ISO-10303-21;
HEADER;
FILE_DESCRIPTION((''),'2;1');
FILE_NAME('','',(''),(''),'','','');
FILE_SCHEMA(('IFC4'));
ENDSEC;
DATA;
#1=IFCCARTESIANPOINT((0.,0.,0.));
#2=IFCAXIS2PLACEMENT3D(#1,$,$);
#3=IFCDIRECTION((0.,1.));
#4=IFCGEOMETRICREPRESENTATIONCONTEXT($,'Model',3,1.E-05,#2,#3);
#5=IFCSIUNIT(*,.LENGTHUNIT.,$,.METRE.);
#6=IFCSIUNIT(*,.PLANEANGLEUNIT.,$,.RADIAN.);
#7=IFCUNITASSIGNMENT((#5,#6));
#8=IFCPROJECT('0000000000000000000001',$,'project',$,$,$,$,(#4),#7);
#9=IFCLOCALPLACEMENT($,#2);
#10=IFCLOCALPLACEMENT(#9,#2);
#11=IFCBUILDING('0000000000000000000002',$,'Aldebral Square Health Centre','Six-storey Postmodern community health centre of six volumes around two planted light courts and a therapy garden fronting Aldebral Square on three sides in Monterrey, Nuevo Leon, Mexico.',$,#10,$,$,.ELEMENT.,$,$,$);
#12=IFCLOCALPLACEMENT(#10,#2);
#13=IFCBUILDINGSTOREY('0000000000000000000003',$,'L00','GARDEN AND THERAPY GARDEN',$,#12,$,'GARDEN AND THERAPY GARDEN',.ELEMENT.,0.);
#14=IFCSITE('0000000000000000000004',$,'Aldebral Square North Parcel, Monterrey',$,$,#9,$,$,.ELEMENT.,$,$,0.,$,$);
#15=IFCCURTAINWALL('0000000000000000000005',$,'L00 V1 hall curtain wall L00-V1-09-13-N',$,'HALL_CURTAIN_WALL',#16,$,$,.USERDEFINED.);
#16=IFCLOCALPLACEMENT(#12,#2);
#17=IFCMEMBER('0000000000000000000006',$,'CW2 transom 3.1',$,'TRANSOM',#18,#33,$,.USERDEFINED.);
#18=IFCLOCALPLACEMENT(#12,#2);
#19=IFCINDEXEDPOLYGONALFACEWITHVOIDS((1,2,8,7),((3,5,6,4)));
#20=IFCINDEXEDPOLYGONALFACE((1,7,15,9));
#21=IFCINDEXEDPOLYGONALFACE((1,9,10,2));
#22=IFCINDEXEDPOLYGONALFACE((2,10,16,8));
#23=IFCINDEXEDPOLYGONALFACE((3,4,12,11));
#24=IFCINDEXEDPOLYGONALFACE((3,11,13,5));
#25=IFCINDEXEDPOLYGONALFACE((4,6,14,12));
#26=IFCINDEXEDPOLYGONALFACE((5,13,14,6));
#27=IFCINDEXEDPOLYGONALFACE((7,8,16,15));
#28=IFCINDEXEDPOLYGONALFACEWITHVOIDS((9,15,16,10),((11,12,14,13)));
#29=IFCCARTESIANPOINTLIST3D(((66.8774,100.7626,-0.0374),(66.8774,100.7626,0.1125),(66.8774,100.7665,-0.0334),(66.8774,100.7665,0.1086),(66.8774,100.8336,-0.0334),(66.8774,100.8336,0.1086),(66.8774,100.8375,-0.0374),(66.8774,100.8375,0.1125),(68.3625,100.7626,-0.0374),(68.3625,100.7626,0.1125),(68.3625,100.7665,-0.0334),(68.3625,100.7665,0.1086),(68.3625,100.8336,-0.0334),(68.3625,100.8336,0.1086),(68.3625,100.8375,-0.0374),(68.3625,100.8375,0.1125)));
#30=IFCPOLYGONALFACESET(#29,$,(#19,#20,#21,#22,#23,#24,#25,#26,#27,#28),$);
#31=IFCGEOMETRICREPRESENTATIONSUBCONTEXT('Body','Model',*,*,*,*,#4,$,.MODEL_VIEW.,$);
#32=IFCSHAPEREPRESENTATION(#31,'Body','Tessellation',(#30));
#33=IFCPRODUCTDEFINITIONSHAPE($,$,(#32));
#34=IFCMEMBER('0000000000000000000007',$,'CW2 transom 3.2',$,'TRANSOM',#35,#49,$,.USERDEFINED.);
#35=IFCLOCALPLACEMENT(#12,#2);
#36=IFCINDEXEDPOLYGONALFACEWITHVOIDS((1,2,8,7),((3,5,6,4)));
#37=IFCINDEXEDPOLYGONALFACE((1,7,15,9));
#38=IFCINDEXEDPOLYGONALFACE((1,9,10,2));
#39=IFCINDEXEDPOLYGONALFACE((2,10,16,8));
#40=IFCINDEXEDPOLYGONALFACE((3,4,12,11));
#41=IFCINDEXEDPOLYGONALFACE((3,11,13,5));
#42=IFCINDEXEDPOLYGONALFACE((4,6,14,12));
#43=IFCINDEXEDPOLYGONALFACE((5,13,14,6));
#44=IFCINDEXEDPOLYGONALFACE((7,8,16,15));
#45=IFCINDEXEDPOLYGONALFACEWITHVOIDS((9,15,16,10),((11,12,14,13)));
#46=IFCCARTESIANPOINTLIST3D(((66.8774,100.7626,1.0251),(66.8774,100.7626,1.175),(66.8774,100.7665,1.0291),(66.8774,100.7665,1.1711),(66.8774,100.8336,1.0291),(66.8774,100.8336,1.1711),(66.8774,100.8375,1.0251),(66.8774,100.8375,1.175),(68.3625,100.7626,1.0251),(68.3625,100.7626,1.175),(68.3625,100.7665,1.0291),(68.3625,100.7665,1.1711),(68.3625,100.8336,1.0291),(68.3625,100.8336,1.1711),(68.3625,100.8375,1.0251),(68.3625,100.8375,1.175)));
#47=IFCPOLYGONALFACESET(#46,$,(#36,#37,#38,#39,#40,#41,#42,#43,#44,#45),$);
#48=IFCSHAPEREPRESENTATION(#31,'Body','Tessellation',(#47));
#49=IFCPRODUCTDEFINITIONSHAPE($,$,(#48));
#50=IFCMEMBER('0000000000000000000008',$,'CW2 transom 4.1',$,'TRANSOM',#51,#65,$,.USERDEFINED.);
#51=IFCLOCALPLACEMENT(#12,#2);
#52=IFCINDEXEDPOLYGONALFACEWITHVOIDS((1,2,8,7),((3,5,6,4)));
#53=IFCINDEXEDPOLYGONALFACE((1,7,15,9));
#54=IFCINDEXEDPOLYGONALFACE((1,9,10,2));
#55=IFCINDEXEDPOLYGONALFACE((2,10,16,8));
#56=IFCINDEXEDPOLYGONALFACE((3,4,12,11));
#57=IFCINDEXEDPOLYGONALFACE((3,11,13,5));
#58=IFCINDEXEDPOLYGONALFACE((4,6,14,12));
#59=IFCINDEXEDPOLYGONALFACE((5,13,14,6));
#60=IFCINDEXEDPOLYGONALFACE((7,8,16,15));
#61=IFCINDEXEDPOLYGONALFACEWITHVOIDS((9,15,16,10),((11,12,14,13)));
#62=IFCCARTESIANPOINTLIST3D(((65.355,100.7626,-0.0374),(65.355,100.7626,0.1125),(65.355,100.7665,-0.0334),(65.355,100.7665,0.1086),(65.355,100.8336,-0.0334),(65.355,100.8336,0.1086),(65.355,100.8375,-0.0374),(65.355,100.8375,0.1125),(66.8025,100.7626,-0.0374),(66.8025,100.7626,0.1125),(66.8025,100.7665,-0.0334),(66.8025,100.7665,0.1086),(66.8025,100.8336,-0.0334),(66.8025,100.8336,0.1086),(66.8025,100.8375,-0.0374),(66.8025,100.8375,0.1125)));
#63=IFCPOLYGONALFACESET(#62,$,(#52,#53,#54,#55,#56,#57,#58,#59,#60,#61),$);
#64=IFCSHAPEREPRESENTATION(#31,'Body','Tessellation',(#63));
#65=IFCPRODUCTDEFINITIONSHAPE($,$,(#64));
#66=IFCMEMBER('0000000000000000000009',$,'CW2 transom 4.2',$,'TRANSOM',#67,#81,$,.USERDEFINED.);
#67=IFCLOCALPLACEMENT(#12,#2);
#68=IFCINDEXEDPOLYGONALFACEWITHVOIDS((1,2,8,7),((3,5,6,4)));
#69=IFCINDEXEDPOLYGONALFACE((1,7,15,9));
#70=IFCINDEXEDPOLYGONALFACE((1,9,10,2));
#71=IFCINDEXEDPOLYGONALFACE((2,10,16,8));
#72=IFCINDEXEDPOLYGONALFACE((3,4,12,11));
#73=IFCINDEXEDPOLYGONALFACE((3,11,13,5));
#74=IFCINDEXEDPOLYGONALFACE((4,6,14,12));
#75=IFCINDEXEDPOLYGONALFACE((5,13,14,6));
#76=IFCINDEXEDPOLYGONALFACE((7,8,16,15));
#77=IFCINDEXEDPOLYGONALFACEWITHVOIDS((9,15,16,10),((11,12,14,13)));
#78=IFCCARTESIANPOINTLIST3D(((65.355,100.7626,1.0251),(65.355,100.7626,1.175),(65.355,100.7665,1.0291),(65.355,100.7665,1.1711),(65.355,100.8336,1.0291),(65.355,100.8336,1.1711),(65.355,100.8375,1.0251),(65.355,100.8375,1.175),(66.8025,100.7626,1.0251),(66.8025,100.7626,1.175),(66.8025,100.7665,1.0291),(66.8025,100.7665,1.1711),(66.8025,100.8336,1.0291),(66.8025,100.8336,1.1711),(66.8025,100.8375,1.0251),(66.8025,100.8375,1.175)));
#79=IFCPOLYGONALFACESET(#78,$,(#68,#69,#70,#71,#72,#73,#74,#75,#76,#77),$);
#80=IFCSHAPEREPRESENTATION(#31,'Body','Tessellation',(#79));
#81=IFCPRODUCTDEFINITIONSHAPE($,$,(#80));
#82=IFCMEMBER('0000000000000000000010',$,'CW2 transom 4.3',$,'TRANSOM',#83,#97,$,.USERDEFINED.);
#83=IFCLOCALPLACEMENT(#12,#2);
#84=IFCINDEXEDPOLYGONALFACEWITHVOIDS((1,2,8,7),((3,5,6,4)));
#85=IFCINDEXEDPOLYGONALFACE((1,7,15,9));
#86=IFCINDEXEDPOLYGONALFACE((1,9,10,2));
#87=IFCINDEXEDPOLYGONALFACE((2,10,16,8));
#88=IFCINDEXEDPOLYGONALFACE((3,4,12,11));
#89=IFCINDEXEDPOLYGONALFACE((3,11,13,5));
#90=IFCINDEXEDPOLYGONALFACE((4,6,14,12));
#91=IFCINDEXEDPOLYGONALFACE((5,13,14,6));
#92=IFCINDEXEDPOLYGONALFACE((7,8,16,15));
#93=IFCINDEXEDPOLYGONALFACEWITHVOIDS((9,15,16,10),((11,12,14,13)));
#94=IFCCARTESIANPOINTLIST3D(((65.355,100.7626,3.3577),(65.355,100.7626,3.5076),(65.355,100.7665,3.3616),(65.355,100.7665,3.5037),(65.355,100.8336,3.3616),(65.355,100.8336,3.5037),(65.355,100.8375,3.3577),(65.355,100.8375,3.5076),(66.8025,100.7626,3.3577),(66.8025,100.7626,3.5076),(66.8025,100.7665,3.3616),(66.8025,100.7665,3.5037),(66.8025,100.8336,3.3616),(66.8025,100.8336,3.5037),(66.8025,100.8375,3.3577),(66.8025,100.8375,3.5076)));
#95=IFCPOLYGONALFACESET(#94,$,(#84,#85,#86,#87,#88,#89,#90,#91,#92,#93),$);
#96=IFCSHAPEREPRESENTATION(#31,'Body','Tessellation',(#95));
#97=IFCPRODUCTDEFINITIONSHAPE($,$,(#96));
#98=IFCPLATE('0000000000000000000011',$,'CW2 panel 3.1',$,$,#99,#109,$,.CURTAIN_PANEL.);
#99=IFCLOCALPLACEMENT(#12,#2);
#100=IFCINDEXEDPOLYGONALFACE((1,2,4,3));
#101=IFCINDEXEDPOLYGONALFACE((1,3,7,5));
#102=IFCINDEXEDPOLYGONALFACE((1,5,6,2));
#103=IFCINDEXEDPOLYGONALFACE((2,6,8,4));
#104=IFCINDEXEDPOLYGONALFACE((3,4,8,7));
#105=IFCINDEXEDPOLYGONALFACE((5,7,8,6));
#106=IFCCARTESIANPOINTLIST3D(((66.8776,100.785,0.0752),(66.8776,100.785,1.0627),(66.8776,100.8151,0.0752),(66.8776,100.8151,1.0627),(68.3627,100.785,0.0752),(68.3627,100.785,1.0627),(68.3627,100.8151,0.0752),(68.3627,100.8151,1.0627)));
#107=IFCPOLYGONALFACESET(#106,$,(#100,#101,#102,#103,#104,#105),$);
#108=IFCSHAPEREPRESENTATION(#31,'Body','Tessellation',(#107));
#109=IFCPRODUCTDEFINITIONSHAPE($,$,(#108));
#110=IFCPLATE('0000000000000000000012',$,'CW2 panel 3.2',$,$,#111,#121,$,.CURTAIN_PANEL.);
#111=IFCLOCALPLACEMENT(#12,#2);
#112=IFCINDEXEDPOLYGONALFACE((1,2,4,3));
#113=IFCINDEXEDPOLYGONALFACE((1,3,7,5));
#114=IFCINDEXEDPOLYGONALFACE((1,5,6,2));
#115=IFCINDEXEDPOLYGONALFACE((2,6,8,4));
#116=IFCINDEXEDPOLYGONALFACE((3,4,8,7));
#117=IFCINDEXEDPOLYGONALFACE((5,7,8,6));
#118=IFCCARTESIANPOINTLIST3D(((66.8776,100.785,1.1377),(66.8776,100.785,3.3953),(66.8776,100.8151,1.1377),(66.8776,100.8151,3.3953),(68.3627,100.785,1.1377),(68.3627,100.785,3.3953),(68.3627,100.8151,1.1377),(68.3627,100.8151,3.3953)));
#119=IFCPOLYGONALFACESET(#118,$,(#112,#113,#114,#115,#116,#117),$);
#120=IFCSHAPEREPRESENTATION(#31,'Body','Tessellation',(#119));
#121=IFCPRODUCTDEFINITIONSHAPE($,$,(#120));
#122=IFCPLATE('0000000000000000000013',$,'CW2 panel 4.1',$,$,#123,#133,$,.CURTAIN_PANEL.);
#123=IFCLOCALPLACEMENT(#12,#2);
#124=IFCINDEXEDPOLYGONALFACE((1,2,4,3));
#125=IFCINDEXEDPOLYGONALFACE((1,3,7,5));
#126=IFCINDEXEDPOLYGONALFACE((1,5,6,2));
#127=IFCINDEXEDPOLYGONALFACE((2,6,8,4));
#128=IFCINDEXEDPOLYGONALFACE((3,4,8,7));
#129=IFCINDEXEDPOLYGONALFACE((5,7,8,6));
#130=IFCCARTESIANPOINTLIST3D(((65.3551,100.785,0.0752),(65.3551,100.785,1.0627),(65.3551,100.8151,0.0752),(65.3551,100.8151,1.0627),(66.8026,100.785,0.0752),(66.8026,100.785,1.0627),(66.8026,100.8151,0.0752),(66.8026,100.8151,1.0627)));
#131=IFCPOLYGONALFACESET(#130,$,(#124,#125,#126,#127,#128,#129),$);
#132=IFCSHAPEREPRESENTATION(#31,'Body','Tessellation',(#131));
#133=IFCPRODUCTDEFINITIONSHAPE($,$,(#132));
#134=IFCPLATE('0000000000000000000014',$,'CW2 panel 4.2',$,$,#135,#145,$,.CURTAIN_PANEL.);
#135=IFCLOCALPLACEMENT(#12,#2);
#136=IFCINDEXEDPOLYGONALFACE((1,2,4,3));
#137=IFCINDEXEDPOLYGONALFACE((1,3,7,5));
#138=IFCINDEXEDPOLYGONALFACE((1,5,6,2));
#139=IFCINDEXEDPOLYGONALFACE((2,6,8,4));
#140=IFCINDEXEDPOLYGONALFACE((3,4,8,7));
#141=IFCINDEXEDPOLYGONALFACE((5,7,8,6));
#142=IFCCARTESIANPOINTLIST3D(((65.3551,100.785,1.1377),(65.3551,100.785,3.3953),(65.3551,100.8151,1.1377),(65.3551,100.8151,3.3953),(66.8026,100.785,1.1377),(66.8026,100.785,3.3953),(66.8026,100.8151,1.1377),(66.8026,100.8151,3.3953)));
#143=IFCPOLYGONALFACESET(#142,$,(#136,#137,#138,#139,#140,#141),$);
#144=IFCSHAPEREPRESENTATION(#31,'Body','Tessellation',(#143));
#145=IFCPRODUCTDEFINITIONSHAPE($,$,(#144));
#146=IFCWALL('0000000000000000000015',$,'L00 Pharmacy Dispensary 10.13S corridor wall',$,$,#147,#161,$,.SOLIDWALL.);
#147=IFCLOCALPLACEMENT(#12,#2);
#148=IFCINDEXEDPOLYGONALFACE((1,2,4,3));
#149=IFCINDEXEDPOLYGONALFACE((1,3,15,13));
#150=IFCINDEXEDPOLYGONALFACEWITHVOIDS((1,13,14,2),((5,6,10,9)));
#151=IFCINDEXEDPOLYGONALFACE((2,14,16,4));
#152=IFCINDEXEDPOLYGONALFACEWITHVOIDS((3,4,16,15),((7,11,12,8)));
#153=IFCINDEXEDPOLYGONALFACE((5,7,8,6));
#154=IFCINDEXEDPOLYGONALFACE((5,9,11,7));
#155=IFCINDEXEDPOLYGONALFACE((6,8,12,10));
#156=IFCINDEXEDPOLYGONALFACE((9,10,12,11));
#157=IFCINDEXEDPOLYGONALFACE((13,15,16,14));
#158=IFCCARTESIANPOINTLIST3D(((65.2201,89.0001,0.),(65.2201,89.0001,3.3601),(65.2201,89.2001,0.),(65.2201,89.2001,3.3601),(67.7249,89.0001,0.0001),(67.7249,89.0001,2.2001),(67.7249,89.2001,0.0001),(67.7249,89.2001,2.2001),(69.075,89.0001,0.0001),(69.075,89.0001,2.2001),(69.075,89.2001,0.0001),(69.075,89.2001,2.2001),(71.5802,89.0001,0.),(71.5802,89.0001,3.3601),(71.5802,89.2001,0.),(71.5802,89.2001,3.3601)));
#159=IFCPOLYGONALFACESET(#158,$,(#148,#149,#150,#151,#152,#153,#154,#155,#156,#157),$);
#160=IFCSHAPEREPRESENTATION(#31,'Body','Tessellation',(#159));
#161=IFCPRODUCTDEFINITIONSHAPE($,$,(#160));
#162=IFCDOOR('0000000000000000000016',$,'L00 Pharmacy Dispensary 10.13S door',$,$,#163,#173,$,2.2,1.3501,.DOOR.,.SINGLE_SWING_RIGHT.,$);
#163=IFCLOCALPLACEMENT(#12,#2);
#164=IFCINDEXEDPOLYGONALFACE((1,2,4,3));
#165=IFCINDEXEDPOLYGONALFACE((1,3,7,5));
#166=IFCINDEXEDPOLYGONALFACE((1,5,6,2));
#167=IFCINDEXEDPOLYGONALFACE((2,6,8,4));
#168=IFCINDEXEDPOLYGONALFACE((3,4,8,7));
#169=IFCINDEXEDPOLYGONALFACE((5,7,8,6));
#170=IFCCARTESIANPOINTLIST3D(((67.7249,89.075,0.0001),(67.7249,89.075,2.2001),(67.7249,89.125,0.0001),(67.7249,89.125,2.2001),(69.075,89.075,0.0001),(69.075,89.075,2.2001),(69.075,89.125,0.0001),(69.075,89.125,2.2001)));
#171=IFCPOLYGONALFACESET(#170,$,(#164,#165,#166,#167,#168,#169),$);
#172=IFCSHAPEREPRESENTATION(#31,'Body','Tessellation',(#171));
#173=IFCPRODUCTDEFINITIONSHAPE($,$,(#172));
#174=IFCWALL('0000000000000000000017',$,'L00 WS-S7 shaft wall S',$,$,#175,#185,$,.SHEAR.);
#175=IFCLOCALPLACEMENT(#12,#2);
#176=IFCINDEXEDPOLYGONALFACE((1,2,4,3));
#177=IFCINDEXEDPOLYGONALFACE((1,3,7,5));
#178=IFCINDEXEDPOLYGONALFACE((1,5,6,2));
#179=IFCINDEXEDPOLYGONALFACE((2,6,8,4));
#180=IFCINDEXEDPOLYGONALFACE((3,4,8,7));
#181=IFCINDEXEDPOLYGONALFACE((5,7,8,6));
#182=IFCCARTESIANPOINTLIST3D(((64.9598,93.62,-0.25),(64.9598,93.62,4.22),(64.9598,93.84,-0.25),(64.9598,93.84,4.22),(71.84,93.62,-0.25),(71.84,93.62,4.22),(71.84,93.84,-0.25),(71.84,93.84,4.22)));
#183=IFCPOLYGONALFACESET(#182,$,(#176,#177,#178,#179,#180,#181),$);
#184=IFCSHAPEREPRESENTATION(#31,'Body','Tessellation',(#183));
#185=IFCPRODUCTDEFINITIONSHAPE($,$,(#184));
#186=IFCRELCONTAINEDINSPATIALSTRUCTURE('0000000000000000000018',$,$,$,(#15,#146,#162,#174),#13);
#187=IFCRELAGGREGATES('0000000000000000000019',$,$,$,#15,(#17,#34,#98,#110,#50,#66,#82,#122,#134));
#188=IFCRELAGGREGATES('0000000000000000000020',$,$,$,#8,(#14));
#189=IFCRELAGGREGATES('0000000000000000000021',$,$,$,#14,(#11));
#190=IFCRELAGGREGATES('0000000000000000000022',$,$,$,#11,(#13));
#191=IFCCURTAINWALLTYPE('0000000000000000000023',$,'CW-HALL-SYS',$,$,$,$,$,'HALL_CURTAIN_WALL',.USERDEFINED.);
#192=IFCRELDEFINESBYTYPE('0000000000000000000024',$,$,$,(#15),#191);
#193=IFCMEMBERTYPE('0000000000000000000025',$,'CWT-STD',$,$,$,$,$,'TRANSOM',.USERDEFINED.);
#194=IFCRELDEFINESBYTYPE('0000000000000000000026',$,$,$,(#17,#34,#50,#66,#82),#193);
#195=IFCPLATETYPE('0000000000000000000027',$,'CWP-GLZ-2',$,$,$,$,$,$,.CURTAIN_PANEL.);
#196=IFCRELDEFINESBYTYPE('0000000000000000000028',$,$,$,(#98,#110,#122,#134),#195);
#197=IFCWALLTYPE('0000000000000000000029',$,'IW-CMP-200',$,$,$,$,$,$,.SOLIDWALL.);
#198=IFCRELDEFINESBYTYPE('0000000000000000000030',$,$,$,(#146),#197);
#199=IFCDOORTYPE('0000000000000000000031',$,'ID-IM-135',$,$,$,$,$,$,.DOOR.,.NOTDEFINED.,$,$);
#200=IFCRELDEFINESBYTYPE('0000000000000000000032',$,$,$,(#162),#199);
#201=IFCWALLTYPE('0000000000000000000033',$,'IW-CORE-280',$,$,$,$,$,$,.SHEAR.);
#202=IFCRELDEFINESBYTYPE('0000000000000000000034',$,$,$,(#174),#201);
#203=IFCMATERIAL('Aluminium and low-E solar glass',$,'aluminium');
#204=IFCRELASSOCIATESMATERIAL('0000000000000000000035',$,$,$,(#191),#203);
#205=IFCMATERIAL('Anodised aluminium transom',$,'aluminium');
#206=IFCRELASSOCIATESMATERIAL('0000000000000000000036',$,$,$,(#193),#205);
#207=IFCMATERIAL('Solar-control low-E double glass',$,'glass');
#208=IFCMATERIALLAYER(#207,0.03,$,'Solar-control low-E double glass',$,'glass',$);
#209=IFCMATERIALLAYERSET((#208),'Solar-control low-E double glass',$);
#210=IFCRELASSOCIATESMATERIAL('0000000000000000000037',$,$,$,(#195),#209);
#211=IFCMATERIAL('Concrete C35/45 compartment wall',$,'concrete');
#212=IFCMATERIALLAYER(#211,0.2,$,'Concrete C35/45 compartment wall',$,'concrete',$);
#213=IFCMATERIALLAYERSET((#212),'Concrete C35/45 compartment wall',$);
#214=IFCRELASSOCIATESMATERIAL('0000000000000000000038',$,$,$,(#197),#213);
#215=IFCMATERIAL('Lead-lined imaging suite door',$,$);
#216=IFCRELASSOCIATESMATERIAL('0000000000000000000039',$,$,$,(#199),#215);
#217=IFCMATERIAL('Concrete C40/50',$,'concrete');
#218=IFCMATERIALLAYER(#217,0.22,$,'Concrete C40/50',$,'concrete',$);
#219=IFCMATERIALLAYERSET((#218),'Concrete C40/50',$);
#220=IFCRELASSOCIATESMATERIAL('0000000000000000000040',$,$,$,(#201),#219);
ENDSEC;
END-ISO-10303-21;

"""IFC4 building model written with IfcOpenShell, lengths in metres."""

from ifc_helpers import new_model, si_unit, direction, frame, frame_2d, origin, origin_2d, place, context, subcontext, project, spatial, rectangle, hollow_rectangle, extrude, material, layer, layer_set, material_profile, profile_set, type_object, element, fill, aggregate, save


model = new_model("IFC4")

# Units and contexts
model_context = context("Model", 3, precision=1e-05, world=origin(), true_north=direction((0.0, 1.0)))
body_context = subcontext(model_context, "Body", "Model", "MODEL_VIEW")
ifc_project = project(units=[si_unit("LENGTHUNIT", "METRE"), si_unit("PLANEANGLEUNIT", "RADIAN")], contexts=[model_context])

# Site, building, storey
site_placement = place(None, origin())
site = spatial("IfcSite", under=ifc_project, at=site_placement, Name="Aldebral Square North Parcel, Monterrey", CompositionType="ELEMENT", RefElevation=0.0)
building_placement = place(site_placement, origin())
building = spatial("IfcBuilding", under=site, at=building_placement, Name="Aldebral Square Health Centre", Description="Six-storey Postmodern community health centre of six volumes around two planted light courts and a therapy garden fronting Aldebral Square on three sides in Monterrey, Nuevo Leon, Mexico.", CompositionType="ELEMENT")
storey_placement = place(building_placement, origin())
storey = spatial("IfcBuildingStorey", under=building, at=storey_placement, Name="L00", Description="GARDEN AND THERAPY GARDEN", LongName="GARDEN AND THERAPY GARDEN", CompositionType="ELEMENT", Elevation=0.0)

# Shared definitions
ifc_material_1 = material(Name="Concrete C40/50", Category="concrete")

# Curtain wall, members, plates
ifc_material_2 = material(Name="Aluminium and low-E solar glass", Category="aluminium")
curtain_wall_type = type_object("IfcCurtainWallType", Name="CW-HALL-SYS", ElementType="HALL_CURTAIN_WALL", PredefinedType="USERDEFINED", material=ifc_material_2)
curtain_wall_placement = place(storey_placement, origin())
curtain_wall = element("IfcCurtainWall", 1, at=curtain_wall_placement, inside=storey, type_object=curtain_wall_type, Name="L00 V1 hall curtain wall L00-V1-09-13-N", ObjectType="HALL_CURTAIN_WALL", PredefinedType="USERDEFINED")
ifc_material_3 = material(Name="Anodised aluminium transom", Category="aluminium")
ifc_material_profile_1 = material_profile(ifc_material_3, hollow_rectangle(XDim=0.075, YDim=0.1499, WallThickness=0.0039, at=origin_2d()), Name="CWT 75x150x4")
ifc_profile_set_1 = profile_set([ifc_material_profile_1], Name="Anodised aluminium transom")
member_type_1 = type_object("IfcMemberType", Name="CWT-STD", ElementType="TRANSOM", PredefinedType="USERDEFINED", material=ifc_profile_set_1)
member_1_placement = place(storey_placement, frame((68.3625, 100.8, 0.0376), z_axis=(-1.0, 0.0, 0.0), x_axis=(0.0, -1.0, 0.0)))
member_1 = element("IfcMember", 2, at=member_1_placement, type_object=member_type_1, Name="CW2 transom 3.1", ObjectType="TRANSOM", PredefinedType="USERDEFINED", context=body_context, shape_type="SweptSolid", body=[
    extrude(hollow_rectangle(XDim=0.075, YDim=0.1499, WallThickness=0.0039, at=origin_2d()), origin(), (0.0, 0.0, 1.0), 1.4851),
])
member_2_placement = place(storey_placement, frame((68.3625, 100.8, 1.1001), z_axis=(-1.0, 0.0, 0.0), x_axis=(0.0, -1.0, 0.0)))
member_2 = element("IfcMember", 3, at=member_2_placement, type_object=member_type_1, Name="CW2 transom 3.2", ObjectType="TRANSOM", PredefinedType="USERDEFINED", context=body_context, shape_type="SweptSolid", body=[
    extrude(hollow_rectangle(XDim=0.075, YDim=0.1499, WallThickness=0.0039, at=origin_2d()), origin(), (0.0, 0.0, 1.0), 1.4851),
])
member_3_placement = place(storey_placement, frame((66.8025, 100.8, 0.0376), z_axis=(-1.0, 0.0, 0.0), x_axis=(0.0, -1.0, 0.0)))
member_3 = element("IfcMember", 4, at=member_3_placement, type_object=member_type_1, Name="CW2 transom 4.1", ObjectType="TRANSOM", PredefinedType="USERDEFINED", context=body_context, shape_type="SweptSolid", body=[
    extrude(hollow_rectangle(XDim=0.075, YDim=0.1499, WallThickness=0.0039, at=origin_2d()), origin(), (0.0, 0.0, 1.0), 1.4475),
])
member_4_placement = place(storey_placement, frame((66.8025, 100.8, 1.1001), z_axis=(-1.0, 0.0, 0.0), x_axis=(0.0, -1.0, 0.0)))
member_4 = element("IfcMember", 5, at=member_4_placement, type_object=member_type_1, Name="CW2 transom 4.2", ObjectType="TRANSOM", PredefinedType="USERDEFINED", context=body_context, shape_type="SweptSolid", body=[
    extrude(hollow_rectangle(XDim=0.075, YDim=0.1499, WallThickness=0.0039, at=origin_2d()), origin(), (0.0, 0.0, 1.0), 1.4475),
])
member_5_placement = place(storey_placement, frame((66.8025, 100.8, 3.4326), z_axis=(-1.0, 0.0, 0.0), x_axis=(0.0, -1.0, 0.0)))
member_5 = element("IfcMember", 6, at=member_5_placement, type_object=member_type_1, Name="CW2 transom 4.3", ObjectType="TRANSOM", PredefinedType="USERDEFINED", context=body_context, shape_type="SweptSolid", body=[
    extrude(hollow_rectangle(XDim=0.075, YDim=0.1499, WallThickness=0.0039, at=origin_2d()), origin(), (0.0, 0.0, 1.0), 1.4475),
])
ifc_material_4 = material(Name="Solar-control low-E double glass", Category="glass")
ifc_layer_1 = layer(ifc_material_4, 0.03, Name="Solar-control low-E double glass", Category="glass")
ifc_layer_set_1 = layer_set([ifc_layer_1], Name="Solar-control low-E double glass")
plate_type = type_object("IfcPlateType", Name="CWP-GLZ-2", PredefinedType="CURTAIN_PANEL", material=ifc_layer_set_1)
plate_1_placement = place(storey_placement, frame((67.6201, 100.8, 0.0752), z_axis=(0.0, 0.0, 1.0), x_axis=(-1.0, 0.0, 0.0)))
plate_1 = element("IfcPlate", 7, at=plate_1_placement, type_object=plate_type, Name="CW2 panel 3.1", PredefinedType="CURTAIN_PANEL", context=body_context, shape_type="SweptSolid", body=[
    extrude(rectangle(XDim=1.4851, YDim=0.03, at=origin_2d()), origin(), (0.0, 0.0, 1.0), 0.9875),
])
plate_2_placement = place(storey_placement, frame((67.6201, 100.8, 1.1377), z_axis=(0.0, 0.0, 1.0), x_axis=(-1.0, 0.0, 0.0)))
plate_2 = element("IfcPlate", 8, at=plate_2_placement, type_object=plate_type, Name="CW2 panel 3.2", PredefinedType="CURTAIN_PANEL", context=body_context, shape_type="SweptSolid", body=[
    extrude(rectangle(XDim=1.4851, YDim=0.03, at=origin_2d()), origin(), (0.0, 0.0, 1.0), 2.2576),
])
plate_3_placement = place(storey_placement, frame((66.0789, 100.8, 0.0752), z_axis=(0.0, 0.0, 1.0), x_axis=(-1.0, 0.0, 0.0)))
plate_3 = element("IfcPlate", 9, at=plate_3_placement, type_object=plate_type, Name="CW2 panel 4.1", PredefinedType="CURTAIN_PANEL", context=body_context, shape_type="SweptSolid", body=[
    extrude(rectangle(XDim=1.4475, YDim=0.03, at=origin_2d()), origin(), (0.0, 0.0, 1.0), 0.9875),
])
plate_4_placement = place(storey_placement, frame((66.0789, 100.8, 1.1377), z_axis=(0.0, 0.0, 1.0), x_axis=(-1.0, 0.0, 0.0)))
plate_4 = element("IfcPlate", 10, at=plate_4_placement, type_object=plate_type, Name="CW2 panel 4.2", PredefinedType="CURTAIN_PANEL", context=body_context, shape_type="SweptSolid", body=[
    extrude(rectangle(XDim=1.4475, YDim=0.03, at=origin_2d()), origin(), (0.0, 0.0, 1.0), 2.2576),
])
aggregate(curtain_wall, [member_1, member_2, plate_1, plate_2, member_3, member_4, member_5, plate_3, plate_4])

# Wall, opening, door
ifc_material_5 = material(Name="Concrete C35/45 compartment wall", Category="concrete")
ifc_layer_2 = layer(ifc_material_5, 0.2, Name="Concrete C35/45 compartment wall", Category="concrete")
ifc_layer_set_2 = layer_set([ifc_layer_2], Name="Concrete C35/45 compartment wall")
wall_type_1 = type_object("IfcWallType", Name="IW-CMP-200", PredefinedType="SOLIDWALL", material=ifc_layer_set_2)
wall_1_placement = place(storey_placement, frame((65.22, 89.1001, 0.0), z_axis=(0.0, 0.0, 1.0), x_axis=(1.0, 0.0, 0.0)))
wall_1 = element("IfcWall", 11, at=wall_1_placement, inside=storey, type_object=wall_type_1, Name="L00 Pharmacy Dispensary 10.13S corridor wall", PredefinedType="SOLIDWALL", context=body_context, shape_type="SweptSolid", body=[
    extrude(rectangle(XDim=6.3601, YDim=0.2, at=frame_2d((3.1802, 0.0))), origin(), (0.0, 0.0, 1.0), 3.3601),
])
opening_1_placement = place(wall_1_placement, frame((2.5049, 0.0, 0.0)))
opening_1 = element("IfcOpeningElement", 12, at=opening_1_placement, cuts=wall_1, PredefinedType="OPENING", context=body_context, shape_type="SweptSolid", body=[
    extrude(rectangle(XDim=1.3501, YDim=2.2, at=frame_2d((0.675, 1.1001))), frame((0.0, 0.1099, 0.0), z_axis=(0.0, -1.0, 0.0), x_axis=(1.0, 0.0, 0.0)), (0.0, 0.0, 1.0), 0.22),
])
ifc_material_6 = material(Name="Lead-lined imaging suite door")
door_type_1 = type_object("IfcDoorType", Name="ID-IM-135", OperationType="NOTDEFINED", PredefinedType="DOOR", material=ifc_material_6)
door_1_placement = place(opening_1_placement, origin())
door_1 = element("IfcDoor", 13, at=door_1_placement, inside=storey, type_object=door_type_1, Name="L00 Pharmacy Dispensary 10.13S door", OperationType="SINGLE_SWING_RIGHT", OverallHeight=2.2, OverallWidth=1.3501, PredefinedType="DOOR", context=body_context, shape_type="SweptSolid", body=[
    extrude(rectangle(XDim=1.3501, YDim=2.2, at=frame_2d((0.675, 1.1001))), frame((0.0, 0.0249, 0.0), z_axis=(0.0, -1.0, 0.0), x_axis=(1.0, 0.0, 0.0)), (0.0, 0.0, 1.0), 0.05),
])
fill(opening_1, door_1)

# Wall
ifc_layer_3 = layer(ifc_material_1, 0.22, Name="Concrete C40/50", Category="concrete")
ifc_layer_set_3 = layer_set([ifc_layer_3], Name="Concrete C40/50")
wall_type_2 = type_object("IfcWallType", Name="IW-CORE-280", PredefinedType="SHEAR", material=ifc_layer_set_3)
wall_2_placement = place(storey_placement, frame((64.96, 93.73, -0.25), z_axis=(0.0, 0.0, 1.0), x_axis=(1.0, 0.0, 0.0)))
element("IfcWall", 14, at=wall_2_placement, inside=storey, type_object=wall_type_2, Name="L00 WS-S7 shaft wall S", PredefinedType="SHEAR", context=body_context, shape_type="SweptSolid", body=[
    extrude(rectangle(XDim=6.8801, YDim=0.22, at=frame_2d((3.4399, 0.0))), origin(), (0.0, 0.0, 1.0), 4.47),
])

save(model, "model.ifc")
